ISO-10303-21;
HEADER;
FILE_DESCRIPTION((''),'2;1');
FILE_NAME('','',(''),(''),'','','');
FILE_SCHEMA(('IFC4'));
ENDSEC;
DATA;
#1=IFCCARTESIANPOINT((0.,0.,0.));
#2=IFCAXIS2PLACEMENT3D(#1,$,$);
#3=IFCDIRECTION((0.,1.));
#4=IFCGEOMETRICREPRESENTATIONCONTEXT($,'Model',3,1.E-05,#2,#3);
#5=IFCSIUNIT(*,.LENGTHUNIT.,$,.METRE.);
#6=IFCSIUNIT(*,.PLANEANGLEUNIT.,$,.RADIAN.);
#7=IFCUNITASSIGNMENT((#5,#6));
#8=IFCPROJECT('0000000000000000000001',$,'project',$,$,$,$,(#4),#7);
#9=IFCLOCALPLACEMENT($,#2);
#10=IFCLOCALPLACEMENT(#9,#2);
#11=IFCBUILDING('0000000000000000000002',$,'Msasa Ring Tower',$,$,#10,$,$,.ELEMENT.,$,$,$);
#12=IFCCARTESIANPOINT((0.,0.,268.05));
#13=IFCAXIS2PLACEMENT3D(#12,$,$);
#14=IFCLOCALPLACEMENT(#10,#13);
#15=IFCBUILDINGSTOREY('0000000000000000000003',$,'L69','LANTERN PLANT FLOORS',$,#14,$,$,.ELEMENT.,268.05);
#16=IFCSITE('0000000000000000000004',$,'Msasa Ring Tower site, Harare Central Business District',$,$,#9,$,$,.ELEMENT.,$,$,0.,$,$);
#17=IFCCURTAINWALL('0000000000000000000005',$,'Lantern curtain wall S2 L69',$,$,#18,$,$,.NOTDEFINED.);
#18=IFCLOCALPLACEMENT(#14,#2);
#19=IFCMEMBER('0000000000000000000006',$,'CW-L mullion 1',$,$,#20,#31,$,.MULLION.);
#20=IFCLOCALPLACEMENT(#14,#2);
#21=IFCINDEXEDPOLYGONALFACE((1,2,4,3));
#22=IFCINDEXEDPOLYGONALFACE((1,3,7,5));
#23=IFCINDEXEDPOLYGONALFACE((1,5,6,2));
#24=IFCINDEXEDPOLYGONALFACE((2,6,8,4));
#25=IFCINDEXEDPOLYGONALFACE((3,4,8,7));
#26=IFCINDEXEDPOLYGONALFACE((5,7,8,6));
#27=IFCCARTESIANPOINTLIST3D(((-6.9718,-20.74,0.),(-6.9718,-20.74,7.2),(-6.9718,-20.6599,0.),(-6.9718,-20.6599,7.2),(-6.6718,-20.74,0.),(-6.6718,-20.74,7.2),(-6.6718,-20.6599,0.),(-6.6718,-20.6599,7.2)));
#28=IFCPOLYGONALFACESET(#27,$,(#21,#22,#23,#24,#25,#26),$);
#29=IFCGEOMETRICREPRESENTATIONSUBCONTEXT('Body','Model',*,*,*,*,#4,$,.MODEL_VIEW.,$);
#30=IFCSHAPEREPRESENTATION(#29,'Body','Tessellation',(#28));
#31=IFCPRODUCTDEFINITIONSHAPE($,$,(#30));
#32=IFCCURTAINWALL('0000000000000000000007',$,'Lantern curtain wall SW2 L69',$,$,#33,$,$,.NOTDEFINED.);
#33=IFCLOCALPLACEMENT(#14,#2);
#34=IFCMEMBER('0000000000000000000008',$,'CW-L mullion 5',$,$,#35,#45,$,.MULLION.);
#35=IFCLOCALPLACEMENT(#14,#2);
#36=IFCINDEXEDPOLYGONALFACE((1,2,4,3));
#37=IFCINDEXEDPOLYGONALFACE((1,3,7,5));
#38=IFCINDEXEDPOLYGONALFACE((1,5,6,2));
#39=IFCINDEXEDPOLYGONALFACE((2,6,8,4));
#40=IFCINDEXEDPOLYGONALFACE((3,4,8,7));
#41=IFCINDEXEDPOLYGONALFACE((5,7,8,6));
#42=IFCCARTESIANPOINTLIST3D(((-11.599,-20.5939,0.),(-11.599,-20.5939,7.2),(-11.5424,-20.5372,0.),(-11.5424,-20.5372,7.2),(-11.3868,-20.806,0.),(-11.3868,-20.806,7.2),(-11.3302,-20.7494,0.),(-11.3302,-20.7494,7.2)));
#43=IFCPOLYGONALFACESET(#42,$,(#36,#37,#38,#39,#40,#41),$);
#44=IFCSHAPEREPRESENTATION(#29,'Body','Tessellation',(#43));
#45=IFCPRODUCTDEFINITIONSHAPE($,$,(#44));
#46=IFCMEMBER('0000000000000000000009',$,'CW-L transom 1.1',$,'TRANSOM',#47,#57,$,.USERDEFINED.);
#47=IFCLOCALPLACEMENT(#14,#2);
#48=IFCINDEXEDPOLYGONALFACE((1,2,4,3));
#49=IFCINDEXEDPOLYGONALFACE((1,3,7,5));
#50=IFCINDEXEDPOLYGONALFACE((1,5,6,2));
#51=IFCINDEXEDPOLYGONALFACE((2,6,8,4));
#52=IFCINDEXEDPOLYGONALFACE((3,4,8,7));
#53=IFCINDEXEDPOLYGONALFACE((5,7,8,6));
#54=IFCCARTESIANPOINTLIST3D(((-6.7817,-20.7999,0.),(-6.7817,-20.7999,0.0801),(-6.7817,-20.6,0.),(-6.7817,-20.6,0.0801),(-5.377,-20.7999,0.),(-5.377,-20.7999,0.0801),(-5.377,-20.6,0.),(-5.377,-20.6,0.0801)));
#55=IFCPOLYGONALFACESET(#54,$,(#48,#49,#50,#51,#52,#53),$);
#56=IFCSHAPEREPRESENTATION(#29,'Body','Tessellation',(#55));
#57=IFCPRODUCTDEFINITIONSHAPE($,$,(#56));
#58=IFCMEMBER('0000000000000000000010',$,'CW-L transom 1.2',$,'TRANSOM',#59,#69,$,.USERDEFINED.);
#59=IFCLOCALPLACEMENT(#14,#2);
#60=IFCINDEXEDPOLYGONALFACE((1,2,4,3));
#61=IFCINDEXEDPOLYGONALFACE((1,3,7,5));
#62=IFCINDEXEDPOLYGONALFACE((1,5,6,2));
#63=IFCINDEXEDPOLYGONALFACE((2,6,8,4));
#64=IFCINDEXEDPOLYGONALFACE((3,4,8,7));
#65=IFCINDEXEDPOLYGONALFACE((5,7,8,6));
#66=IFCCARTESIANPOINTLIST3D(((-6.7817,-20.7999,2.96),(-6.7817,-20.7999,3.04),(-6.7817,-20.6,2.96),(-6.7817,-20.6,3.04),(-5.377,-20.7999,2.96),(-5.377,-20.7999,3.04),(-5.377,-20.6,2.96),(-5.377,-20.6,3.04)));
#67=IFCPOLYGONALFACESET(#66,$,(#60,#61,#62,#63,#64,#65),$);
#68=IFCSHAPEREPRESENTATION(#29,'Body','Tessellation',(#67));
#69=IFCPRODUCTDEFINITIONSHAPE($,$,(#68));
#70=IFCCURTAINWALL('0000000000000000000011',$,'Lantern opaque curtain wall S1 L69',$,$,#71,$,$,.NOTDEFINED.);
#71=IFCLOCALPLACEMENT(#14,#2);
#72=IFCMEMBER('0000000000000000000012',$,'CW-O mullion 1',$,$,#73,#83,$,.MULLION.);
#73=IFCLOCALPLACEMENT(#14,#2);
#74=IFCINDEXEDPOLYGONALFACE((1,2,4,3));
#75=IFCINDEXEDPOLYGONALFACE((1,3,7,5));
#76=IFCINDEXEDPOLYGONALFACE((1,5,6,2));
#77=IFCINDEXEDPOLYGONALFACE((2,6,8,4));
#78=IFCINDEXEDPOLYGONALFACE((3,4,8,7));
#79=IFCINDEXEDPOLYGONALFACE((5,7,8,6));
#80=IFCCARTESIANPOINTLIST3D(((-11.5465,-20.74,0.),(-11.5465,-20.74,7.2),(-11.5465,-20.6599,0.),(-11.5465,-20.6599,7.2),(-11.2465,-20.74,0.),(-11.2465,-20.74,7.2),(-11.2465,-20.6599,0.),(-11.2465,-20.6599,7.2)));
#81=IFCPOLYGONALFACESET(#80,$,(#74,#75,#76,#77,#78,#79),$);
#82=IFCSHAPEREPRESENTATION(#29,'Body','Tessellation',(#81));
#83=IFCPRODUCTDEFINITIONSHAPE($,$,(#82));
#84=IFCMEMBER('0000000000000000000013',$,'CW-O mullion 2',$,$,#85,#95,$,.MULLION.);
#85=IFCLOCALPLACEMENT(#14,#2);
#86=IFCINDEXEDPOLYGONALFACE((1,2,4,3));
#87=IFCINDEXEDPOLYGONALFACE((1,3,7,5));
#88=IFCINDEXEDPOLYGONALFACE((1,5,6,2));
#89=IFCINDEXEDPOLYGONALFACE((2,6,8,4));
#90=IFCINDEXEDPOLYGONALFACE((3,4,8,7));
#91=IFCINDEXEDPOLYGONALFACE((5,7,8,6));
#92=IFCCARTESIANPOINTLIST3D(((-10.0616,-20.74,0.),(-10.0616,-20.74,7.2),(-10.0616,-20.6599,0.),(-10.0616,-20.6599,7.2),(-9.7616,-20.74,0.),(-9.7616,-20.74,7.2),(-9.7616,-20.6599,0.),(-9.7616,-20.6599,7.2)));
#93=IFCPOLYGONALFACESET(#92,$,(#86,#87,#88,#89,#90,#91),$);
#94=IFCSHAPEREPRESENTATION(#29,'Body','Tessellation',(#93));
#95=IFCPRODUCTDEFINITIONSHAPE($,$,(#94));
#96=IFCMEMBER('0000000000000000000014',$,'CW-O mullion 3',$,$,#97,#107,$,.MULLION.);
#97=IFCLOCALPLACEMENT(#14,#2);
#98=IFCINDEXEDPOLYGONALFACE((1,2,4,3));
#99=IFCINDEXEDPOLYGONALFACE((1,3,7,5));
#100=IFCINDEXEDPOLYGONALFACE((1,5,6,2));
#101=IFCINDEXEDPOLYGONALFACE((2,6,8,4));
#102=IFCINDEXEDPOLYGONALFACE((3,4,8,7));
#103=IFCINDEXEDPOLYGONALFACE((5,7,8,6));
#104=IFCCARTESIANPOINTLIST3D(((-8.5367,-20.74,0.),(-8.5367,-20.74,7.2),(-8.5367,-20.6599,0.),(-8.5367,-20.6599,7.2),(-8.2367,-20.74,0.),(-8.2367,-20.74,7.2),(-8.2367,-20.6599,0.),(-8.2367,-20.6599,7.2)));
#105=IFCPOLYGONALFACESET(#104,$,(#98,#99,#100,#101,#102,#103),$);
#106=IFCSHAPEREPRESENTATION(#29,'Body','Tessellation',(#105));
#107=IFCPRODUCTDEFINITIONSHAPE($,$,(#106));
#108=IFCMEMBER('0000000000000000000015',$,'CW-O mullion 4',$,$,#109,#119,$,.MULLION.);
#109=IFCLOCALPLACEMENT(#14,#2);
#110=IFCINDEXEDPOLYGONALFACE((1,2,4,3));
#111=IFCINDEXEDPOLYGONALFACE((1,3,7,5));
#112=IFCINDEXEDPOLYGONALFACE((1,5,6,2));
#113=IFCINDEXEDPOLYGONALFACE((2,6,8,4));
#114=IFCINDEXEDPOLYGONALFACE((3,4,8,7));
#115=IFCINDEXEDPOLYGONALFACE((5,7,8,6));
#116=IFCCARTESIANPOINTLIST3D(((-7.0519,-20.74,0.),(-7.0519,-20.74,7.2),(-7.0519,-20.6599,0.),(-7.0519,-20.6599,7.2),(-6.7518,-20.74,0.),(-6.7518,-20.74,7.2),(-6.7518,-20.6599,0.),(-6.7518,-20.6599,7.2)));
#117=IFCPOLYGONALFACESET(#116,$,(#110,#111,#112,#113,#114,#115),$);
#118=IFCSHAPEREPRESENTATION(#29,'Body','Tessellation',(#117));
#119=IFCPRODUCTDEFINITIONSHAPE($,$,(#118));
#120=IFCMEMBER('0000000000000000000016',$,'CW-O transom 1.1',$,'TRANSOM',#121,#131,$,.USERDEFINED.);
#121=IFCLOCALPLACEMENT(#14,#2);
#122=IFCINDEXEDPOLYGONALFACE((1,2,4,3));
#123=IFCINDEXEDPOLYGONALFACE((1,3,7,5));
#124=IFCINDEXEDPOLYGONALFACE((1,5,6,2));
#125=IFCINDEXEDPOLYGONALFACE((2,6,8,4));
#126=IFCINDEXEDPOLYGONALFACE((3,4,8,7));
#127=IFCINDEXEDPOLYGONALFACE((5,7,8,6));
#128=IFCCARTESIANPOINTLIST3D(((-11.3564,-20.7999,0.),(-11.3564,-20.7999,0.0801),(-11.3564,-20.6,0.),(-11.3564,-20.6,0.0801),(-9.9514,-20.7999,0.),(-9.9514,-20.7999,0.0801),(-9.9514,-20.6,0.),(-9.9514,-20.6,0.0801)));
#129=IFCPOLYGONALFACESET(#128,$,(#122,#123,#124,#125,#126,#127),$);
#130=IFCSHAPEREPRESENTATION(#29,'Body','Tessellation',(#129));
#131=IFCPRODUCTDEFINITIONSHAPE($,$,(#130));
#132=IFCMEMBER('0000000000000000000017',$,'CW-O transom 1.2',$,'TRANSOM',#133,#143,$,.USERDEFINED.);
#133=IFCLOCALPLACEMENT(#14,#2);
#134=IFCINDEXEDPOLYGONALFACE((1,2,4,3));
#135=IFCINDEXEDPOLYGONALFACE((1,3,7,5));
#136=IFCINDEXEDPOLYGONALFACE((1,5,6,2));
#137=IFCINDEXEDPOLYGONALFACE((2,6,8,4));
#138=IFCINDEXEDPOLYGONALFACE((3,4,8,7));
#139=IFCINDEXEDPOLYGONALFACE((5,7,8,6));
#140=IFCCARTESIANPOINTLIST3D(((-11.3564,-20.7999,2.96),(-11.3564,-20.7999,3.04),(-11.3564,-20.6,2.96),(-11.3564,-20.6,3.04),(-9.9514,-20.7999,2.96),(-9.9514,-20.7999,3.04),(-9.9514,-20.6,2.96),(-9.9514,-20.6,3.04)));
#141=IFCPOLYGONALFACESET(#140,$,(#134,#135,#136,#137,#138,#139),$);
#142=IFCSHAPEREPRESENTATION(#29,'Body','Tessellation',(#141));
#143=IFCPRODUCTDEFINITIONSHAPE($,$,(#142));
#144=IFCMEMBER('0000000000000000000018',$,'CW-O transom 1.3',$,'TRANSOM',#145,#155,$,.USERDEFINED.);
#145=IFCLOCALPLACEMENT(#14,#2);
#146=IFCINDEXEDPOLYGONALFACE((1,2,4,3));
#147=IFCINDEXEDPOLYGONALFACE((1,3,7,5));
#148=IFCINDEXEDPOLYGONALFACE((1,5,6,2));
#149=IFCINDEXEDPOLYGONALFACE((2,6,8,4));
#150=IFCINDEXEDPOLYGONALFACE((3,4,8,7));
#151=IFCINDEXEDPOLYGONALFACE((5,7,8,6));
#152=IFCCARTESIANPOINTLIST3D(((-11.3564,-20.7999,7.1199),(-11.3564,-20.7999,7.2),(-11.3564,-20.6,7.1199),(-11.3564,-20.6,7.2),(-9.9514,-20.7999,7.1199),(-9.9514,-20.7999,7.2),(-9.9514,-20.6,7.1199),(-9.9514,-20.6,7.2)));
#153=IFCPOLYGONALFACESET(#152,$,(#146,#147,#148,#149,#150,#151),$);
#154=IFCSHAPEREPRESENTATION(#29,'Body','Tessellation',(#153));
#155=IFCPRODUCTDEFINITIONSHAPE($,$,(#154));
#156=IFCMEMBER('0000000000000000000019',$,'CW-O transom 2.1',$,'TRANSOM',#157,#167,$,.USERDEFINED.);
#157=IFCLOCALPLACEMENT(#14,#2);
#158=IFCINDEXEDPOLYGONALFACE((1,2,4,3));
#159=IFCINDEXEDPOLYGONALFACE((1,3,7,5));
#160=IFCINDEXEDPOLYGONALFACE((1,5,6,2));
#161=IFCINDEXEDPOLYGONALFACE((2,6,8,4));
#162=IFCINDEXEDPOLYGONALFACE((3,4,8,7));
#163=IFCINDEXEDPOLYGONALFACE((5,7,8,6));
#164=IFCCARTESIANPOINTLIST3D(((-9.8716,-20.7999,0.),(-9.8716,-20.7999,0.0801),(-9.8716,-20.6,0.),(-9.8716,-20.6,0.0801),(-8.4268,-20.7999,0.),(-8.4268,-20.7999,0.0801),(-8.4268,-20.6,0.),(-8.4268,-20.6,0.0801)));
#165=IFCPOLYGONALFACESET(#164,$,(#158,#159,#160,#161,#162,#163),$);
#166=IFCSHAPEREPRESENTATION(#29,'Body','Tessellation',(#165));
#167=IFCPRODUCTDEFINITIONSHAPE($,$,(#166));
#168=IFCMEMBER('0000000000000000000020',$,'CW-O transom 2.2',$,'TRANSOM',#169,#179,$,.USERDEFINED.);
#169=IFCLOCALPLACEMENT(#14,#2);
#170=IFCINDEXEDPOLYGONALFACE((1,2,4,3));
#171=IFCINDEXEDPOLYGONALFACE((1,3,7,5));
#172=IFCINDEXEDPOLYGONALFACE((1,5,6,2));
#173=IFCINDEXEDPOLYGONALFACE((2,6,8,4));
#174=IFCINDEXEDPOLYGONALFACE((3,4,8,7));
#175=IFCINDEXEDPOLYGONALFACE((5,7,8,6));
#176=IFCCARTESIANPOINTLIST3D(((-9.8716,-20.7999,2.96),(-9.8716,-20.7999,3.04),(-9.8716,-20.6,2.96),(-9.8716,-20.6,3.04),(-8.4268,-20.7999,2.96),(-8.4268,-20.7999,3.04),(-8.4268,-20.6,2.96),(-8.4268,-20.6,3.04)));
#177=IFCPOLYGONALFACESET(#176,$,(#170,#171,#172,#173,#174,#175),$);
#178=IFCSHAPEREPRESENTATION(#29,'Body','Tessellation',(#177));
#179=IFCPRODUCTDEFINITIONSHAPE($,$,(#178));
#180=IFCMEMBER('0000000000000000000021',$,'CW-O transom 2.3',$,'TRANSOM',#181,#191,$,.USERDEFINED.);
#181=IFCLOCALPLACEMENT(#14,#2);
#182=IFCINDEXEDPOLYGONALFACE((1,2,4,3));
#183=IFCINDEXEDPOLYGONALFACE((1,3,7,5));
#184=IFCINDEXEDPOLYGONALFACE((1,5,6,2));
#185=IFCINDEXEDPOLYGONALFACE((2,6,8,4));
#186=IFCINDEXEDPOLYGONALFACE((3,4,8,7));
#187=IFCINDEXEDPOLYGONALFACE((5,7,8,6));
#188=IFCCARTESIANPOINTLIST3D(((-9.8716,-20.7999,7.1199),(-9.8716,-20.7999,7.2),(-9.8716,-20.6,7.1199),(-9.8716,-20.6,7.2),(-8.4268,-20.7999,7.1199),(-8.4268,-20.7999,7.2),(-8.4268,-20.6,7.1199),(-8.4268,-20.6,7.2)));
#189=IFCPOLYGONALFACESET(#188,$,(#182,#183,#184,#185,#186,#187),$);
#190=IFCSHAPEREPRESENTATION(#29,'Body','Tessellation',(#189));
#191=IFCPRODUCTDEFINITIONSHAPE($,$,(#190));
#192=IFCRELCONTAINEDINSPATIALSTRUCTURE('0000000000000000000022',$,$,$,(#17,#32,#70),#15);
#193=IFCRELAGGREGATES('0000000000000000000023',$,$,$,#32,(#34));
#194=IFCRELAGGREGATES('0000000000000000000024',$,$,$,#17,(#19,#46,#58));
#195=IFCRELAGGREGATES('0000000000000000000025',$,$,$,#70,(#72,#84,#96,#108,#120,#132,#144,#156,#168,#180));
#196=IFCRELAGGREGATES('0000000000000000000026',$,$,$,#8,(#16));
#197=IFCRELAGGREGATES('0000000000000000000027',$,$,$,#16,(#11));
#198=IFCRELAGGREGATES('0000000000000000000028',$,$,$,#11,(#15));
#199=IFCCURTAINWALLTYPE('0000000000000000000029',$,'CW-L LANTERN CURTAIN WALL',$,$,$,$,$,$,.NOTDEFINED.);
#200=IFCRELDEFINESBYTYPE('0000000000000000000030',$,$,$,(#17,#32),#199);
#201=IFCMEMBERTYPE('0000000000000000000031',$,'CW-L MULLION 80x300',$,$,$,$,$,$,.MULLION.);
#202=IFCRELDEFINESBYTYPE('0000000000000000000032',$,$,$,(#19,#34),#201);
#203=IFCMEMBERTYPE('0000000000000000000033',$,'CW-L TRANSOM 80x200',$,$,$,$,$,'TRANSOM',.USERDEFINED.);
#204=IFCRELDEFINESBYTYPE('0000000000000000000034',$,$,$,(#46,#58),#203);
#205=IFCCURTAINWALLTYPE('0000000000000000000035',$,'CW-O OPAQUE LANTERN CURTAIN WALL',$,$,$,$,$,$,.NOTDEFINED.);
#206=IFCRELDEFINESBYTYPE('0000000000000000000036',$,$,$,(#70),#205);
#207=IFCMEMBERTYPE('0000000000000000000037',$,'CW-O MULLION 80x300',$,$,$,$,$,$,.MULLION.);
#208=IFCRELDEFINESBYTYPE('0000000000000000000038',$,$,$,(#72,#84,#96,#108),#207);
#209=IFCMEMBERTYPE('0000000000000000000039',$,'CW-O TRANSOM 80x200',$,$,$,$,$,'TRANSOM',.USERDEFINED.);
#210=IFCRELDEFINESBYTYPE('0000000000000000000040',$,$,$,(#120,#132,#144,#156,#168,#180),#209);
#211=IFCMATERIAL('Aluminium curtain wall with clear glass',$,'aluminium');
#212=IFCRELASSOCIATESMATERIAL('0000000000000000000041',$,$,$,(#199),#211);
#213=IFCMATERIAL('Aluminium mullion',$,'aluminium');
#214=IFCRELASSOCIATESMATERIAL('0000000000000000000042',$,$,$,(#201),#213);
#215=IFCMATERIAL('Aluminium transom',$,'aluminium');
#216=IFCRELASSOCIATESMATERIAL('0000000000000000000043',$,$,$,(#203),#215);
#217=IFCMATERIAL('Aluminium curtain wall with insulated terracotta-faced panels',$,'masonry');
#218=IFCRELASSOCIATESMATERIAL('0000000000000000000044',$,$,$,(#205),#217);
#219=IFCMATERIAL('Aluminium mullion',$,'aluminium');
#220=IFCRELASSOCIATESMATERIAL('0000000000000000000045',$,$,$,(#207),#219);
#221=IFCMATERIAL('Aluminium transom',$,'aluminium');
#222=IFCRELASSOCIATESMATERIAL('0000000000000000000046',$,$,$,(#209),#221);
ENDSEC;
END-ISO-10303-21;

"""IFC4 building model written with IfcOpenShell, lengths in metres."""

from ifc_helpers import new_model, si_unit, direction, frame, origin, origin_2d, place, context, subcontext, project, spatial, rectangle, extrude, material, material_profile, profile_set, type_object, element, aggregate, save


model = new_model("IFC4")

# Units and contexts
model_context = context("Model", 3, precision=1e-05, world=origin(), true_north=direction((0.0, 1.0)))
body_context = subcontext(model_context, "Body", "Model", "MODEL_VIEW")
ifc_project = project(units=[si_unit("LENGTHUNIT", "METRE"), si_unit("PLANEANGLEUNIT", "RADIAN")], contexts=[model_context])

# Site, building, storey
site_placement = place(None, origin())
site = spatial("IfcSite", under=ifc_project, at=site_placement, Name="Msasa Ring Tower site, Harare Central Business District", CompositionType="ELEMENT", RefElevation=0.0)
building_placement = place(site_placement, origin())
building = spatial("IfcBuilding", under=site, at=building_placement, Name="Msasa Ring Tower", CompositionType="ELEMENT")
storey_placement = place(building_placement, frame((0.0, 0.0, 268.05)))
storey = spatial("IfcBuildingStorey", under=building, at=storey_placement, Name="L69", Description="LANTERN PLANT FLOORS", CompositionType="ELEMENT", Elevation=268.05)

# Curtain walls, members
ifc_material_1 = material(Name="Aluminium curtain wall with clear glass", Category="aluminium")
curtain_wall_type_1 = type_object("IfcCurtainWallType", Name="CW-L LANTERN CURTAIN WALL", PredefinedType="NOTDEFINED", material=ifc_material_1)
curtain_wall_1_placement = place(storey_placement, origin())
curtain_wall_1 = element("IfcCurtainWall", 1, at=curtain_wall_1_placement, inside=storey, type_object=curtain_wall_type_1, Name="Lantern curtain wall S2 L69", PredefinedType="NOTDEFINED")
ifc_material_2 = material(Name="Aluminium mullion", Category="aluminium")
ifc_material_profile_1 = material_profile(ifc_material_2, rectangle(XDim=0.0801, YDim=0.3, at=origin_2d()), Name="AL 80x300")
ifc_profile_set_1 = profile_set([ifc_material_profile_1], Name="Aluminium mullion")
member_type_1 = type_object("IfcMemberType", Name="CW-L MULLION 80x300", PredefinedType="MULLION", material=ifc_profile_set_1)
member_1_placement = place(storey_placement, frame((-6.8218, -20.7, 0.0), z_axis=(0.0, 0.0, 1.0), x_axis=(0.0, 1.0, 0.0)))
member_1 = element("IfcMember", 2, at=member_1_placement, type_object=member_type_1, Name="CW-L mullion 1", PredefinedType="MULLION", context=body_context, shape_type="SweptSolid", body=[
    extrude(rectangle(XDim=0.0801, YDim=0.3, at=origin_2d()), origin(), (0.0, 0.0, 1.0), 7.2),
])
curtain_wall_2_placement = place(storey_placement, origin())
curtain_wall_2 = element("IfcCurtainWall", 3, at=curtain_wall_2_placement, inside=storey, type_object=curtain_wall_type_1, Name="Lantern curtain wall SW2 L69", PredefinedType="NOTDEFINED")
member_2_placement = place(storey_placement, frame((-11.4646, -20.6716, 0.0), z_axis=(0.0, 0.0, 1.0), x_axis=(0.707107, 0.707107, 0.0)))
member_2 = element("IfcMember", 4, at=member_2_placement, type_object=member_type_1, Name="CW-L mullion 5", PredefinedType="MULLION", context=body_context, shape_type="SweptSolid", body=[
    extrude(rectangle(XDim=0.0801, YDim=0.3, at=origin_2d()), origin(), (0.0, 0.0, 1.0), 7.2),
])
aggregate(curtain_wall_2, [member_2])

# Members
ifc_material_3 = material(Name="Aluminium transom", Category="aluminium")
ifc_material_profile_2 = material_profile(ifc_material_3, rectangle(XDim=0.2, YDim=0.0801, at=origin_2d()), Name="AL 80x200")
ifc_profile_set_2 = profile_set([ifc_material_profile_2], Name="Aluminium transom")
member_type_2 = type_object("IfcMemberType", Name="CW-L TRANSOM 80x200", ElementType="TRANSOM", PredefinedType="USERDEFINED", material=ifc_profile_set_2)
member_3_placement = place(storey_placement, frame((-6.7817, -20.7, 0.04), z_axis=(1.0, 0.0, 0.0), x_axis=(0.0, 1.0, 0.0)))
member_3 = element("IfcMember", 5, at=member_3_placement, type_object=member_type_2, Name="CW-L transom 1.1", ObjectType="TRANSOM", PredefinedType="USERDEFINED", context=body_context, shape_type="SweptSolid", body=[
    extrude(rectangle(XDim=0.2, YDim=0.0801, at=origin_2d()), origin(), (0.0, 0.0, 1.0), 1.4048),
])
member_4_placement = place(storey_placement, frame((-6.7817, -20.7, 3.0), z_axis=(1.0, 0.0, 0.0), x_axis=(0.0, 1.0, 0.0)))
member_4 = element("IfcMember", 6, at=member_4_placement, type_object=member_type_2, Name="CW-L transom 1.2", ObjectType="TRANSOM", PredefinedType="USERDEFINED", context=body_context, shape_type="SweptSolid", body=[
    extrude(rectangle(XDim=0.2, YDim=0.0801, at=origin_2d()), origin(), (0.0, 0.0, 1.0), 1.4048),
])
aggregate(curtain_wall_1, [member_1, member_3, member_4])

# Curtain wall, members
ifc_material_4 = material(Name="Aluminium curtain wall with insulated terracotta-faced panels", Category="masonry")
curtain_wall_type_2 = type_object("IfcCurtainWallType", Name="CW-O OPAQUE LANTERN CURTAIN WALL", PredefinedType="NOTDEFINED", material=ifc_material_4)
curtain_wall_3_placement = place(storey_placement, origin())
curtain_wall_3 = element("IfcCurtainWall", 7, at=curtain_wall_3_placement, inside=storey, type_object=curtain_wall_type_2, Name="Lantern opaque curtain wall S1 L69", PredefinedType="NOTDEFINED")
ifc_material_5 = material(Name="Aluminium mullion", Category="aluminium")
ifc_material_profile_3 = material_profile(ifc_material_5, rectangle(XDim=0.0801, YDim=0.3, at=origin_2d()), Name="AL 80x300")
ifc_profile_set_3 = profile_set([ifc_material_profile_3], Name="Aluminium mullion")
member_type_3 = type_object("IfcMemberType", Name="CW-O MULLION 80x300", PredefinedType="MULLION", material=ifc_profile_set_3)
member_5_placement = place(storey_placement, frame((-11.3965, -20.7, 0.0), z_axis=(0.0, 0.0, 1.0), x_axis=(0.0, 1.0, 0.0)))
member_5 = element("IfcMember", 8, at=member_5_placement, type_object=member_type_3, Name="CW-O mullion 1", PredefinedType="MULLION", context=body_context, shape_type="SweptSolid", body=[
    extrude(rectangle(XDim=0.0801, YDim=0.3, at=origin_2d()), origin(), (0.0, 0.0, 1.0), 7.2),
])
member_6_placement = place(storey_placement, frame((-9.9116, -20.7, 0.0), z_axis=(0.0, 0.0, 1.0), x_axis=(0.0, 1.0, 0.0)))
member_6 = element("IfcMember", 9, at=member_6_placement, type_object=member_type_3, Name="CW-O mullion 2", PredefinedType="MULLION", context=body_context, shape_type="SweptSolid", body=[
    extrude(rectangle(XDim=0.0801, YDim=0.3, at=origin_2d()), origin(), (0.0, 0.0, 1.0), 7.2),
])
member_7_placement = place(storey_placement, frame((-8.3867, -20.7, 0.0), z_axis=(0.0, 0.0, 1.0), x_axis=(0.0, 1.0, 0.0)))
member_7 = element("IfcMember", 10, at=member_7_placement, type_object=member_type_3, Name="CW-O mullion 3", PredefinedType="MULLION", context=body_context, shape_type="SweptSolid", body=[
    extrude(rectangle(XDim=0.0801, YDim=0.3, at=origin_2d()), origin(), (0.0, 0.0, 1.0), 7.2),
])
member_8_placement = place(storey_placement, frame((-6.9019, -20.7, 0.0), z_axis=(0.0, 0.0, 1.0), x_axis=(0.0, 1.0, 0.0)))
member_8 = element("IfcMember", 11, at=member_8_placement, type_object=member_type_3, Name="CW-O mullion 4", PredefinedType="MULLION", context=body_context, shape_type="SweptSolid", body=[
    extrude(rectangle(XDim=0.0801, YDim=0.3, at=origin_2d()), origin(), (0.0, 0.0, 1.0), 7.2),
])
ifc_material_6 = material(Name="Aluminium transom", Category="aluminium")
ifc_material_profile_4 = material_profile(ifc_material_6, rectangle(XDim=0.2, YDim=0.0801, at=origin_2d()), Name="AL 80x200")
ifc_profile_set_4 = profile_set([ifc_material_profile_4], Name="Aluminium transom")
member_type_4 = type_object("IfcMemberType", Name="CW-O TRANSOM 80x200", ElementType="TRANSOM", PredefinedType="USERDEFINED", material=ifc_profile_set_4)
member_9_placement = place(storey_placement, frame((-11.3564, -20.7, 0.04), z_axis=(1.0, 0.0, 0.0), x_axis=(0.0, 1.0, 0.0)))
member_9 = element("IfcMember", 12, at=member_9_placement, type_object=member_type_4, Name="CW-O transom 1.1", ObjectType="TRANSOM", PredefinedType="USERDEFINED", context=body_context, shape_type="SweptSolid", body=[
    extrude(rectangle(XDim=0.2, YDim=0.0801, at=origin_2d()), origin(), (0.0, 0.0, 1.0), 1.405),
])
member_10_placement = place(storey_placement, frame((-11.3564, -20.7, 3.0), z_axis=(1.0, 0.0, 0.0), x_axis=(0.0, 1.0, 0.0)))
member_10 = element("IfcMember", 13, at=member_10_placement, type_object=member_type_4, Name="CW-O transom 1.2", ObjectType="TRANSOM", PredefinedType="USERDEFINED", context=body_context, shape_type="SweptSolid", body=[
    extrude(rectangle(XDim=0.2, YDim=0.0801, at=origin_2d()), origin(), (0.0, 0.0, 1.0), 1.405),
])
member_11_placement = place(storey_placement, frame((-11.3564, -20.7, 7.1599), z_axis=(1.0, 0.0, 0.0), x_axis=(0.0, 1.0, 0.0)))
member_11 = element("IfcMember", 14, at=member_11_placement, type_object=member_type_4, Name="CW-O transom 1.3", ObjectType="TRANSOM", PredefinedType="USERDEFINED", context=body_context, shape_type="SweptSolid", body=[
    extrude(rectangle(XDim=0.2, YDim=0.0801, at=origin_2d()), origin(), (0.0, 0.0, 1.0), 1.405),
])
member_12_placement = place(storey_placement, frame((-9.8716, -20.7, 0.04), z_axis=(1.0, 0.0, 0.0), x_axis=(0.0, 1.0, 0.0)))
member_12 = element("IfcMember", 15, at=member_12_placement, type_object=member_type_4, Name="CW-O transom 2.1", ObjectType="TRANSOM", PredefinedType="USERDEFINED", context=body_context, shape_type="SweptSolid", body=[
    extrude(rectangle(XDim=0.2, YDim=0.0801, at=origin_2d()), origin(), (0.0, 0.0, 1.0), 1.4448),
])
member_13_placement = place(storey_placement, frame((-9.8716, -20.7, 3.0), z_axis=(1.0, 0.0, 0.0), x_axis=(0.0, 1.0, 0.0)))
member_13 = element("IfcMember", 16, at=member_13_placement, type_object=member_type_4, Name="CW-O transom 2.2", ObjectType="TRANSOM", PredefinedType="USERDEFINED", context=body_context, shape_type="SweptSolid", body=[
    extrude(rectangle(XDim=0.2, YDim=0.0801, at=origin_2d()), origin(), (0.0, 0.0, 1.0), 1.4448),
])
member_14_placement = place(storey_placement, frame((-9.8716, -20.7, 7.1599), z_axis=(1.0, 0.0, 0.0), x_axis=(0.0, 1.0, 0.0)))
member_14 = element("IfcMember", 17, at=member_14_placement, type_object=member_type_4, Name="CW-O transom 2.3", ObjectType="TRANSOM", PredefinedType="USERDEFINED", context=body_context, shape_type="SweptSolid", body=[
    extrude(rectangle(XDim=0.2, YDim=0.0801, at=origin_2d()), origin(), (0.0, 0.0, 1.0), 1.4448),
])
aggregate(curtain_wall_3, [member_5, member_6, member_7, member_8, member_9, member_10, member_11, member_12, member_13, member_14])

save(model, "model.ifc")
